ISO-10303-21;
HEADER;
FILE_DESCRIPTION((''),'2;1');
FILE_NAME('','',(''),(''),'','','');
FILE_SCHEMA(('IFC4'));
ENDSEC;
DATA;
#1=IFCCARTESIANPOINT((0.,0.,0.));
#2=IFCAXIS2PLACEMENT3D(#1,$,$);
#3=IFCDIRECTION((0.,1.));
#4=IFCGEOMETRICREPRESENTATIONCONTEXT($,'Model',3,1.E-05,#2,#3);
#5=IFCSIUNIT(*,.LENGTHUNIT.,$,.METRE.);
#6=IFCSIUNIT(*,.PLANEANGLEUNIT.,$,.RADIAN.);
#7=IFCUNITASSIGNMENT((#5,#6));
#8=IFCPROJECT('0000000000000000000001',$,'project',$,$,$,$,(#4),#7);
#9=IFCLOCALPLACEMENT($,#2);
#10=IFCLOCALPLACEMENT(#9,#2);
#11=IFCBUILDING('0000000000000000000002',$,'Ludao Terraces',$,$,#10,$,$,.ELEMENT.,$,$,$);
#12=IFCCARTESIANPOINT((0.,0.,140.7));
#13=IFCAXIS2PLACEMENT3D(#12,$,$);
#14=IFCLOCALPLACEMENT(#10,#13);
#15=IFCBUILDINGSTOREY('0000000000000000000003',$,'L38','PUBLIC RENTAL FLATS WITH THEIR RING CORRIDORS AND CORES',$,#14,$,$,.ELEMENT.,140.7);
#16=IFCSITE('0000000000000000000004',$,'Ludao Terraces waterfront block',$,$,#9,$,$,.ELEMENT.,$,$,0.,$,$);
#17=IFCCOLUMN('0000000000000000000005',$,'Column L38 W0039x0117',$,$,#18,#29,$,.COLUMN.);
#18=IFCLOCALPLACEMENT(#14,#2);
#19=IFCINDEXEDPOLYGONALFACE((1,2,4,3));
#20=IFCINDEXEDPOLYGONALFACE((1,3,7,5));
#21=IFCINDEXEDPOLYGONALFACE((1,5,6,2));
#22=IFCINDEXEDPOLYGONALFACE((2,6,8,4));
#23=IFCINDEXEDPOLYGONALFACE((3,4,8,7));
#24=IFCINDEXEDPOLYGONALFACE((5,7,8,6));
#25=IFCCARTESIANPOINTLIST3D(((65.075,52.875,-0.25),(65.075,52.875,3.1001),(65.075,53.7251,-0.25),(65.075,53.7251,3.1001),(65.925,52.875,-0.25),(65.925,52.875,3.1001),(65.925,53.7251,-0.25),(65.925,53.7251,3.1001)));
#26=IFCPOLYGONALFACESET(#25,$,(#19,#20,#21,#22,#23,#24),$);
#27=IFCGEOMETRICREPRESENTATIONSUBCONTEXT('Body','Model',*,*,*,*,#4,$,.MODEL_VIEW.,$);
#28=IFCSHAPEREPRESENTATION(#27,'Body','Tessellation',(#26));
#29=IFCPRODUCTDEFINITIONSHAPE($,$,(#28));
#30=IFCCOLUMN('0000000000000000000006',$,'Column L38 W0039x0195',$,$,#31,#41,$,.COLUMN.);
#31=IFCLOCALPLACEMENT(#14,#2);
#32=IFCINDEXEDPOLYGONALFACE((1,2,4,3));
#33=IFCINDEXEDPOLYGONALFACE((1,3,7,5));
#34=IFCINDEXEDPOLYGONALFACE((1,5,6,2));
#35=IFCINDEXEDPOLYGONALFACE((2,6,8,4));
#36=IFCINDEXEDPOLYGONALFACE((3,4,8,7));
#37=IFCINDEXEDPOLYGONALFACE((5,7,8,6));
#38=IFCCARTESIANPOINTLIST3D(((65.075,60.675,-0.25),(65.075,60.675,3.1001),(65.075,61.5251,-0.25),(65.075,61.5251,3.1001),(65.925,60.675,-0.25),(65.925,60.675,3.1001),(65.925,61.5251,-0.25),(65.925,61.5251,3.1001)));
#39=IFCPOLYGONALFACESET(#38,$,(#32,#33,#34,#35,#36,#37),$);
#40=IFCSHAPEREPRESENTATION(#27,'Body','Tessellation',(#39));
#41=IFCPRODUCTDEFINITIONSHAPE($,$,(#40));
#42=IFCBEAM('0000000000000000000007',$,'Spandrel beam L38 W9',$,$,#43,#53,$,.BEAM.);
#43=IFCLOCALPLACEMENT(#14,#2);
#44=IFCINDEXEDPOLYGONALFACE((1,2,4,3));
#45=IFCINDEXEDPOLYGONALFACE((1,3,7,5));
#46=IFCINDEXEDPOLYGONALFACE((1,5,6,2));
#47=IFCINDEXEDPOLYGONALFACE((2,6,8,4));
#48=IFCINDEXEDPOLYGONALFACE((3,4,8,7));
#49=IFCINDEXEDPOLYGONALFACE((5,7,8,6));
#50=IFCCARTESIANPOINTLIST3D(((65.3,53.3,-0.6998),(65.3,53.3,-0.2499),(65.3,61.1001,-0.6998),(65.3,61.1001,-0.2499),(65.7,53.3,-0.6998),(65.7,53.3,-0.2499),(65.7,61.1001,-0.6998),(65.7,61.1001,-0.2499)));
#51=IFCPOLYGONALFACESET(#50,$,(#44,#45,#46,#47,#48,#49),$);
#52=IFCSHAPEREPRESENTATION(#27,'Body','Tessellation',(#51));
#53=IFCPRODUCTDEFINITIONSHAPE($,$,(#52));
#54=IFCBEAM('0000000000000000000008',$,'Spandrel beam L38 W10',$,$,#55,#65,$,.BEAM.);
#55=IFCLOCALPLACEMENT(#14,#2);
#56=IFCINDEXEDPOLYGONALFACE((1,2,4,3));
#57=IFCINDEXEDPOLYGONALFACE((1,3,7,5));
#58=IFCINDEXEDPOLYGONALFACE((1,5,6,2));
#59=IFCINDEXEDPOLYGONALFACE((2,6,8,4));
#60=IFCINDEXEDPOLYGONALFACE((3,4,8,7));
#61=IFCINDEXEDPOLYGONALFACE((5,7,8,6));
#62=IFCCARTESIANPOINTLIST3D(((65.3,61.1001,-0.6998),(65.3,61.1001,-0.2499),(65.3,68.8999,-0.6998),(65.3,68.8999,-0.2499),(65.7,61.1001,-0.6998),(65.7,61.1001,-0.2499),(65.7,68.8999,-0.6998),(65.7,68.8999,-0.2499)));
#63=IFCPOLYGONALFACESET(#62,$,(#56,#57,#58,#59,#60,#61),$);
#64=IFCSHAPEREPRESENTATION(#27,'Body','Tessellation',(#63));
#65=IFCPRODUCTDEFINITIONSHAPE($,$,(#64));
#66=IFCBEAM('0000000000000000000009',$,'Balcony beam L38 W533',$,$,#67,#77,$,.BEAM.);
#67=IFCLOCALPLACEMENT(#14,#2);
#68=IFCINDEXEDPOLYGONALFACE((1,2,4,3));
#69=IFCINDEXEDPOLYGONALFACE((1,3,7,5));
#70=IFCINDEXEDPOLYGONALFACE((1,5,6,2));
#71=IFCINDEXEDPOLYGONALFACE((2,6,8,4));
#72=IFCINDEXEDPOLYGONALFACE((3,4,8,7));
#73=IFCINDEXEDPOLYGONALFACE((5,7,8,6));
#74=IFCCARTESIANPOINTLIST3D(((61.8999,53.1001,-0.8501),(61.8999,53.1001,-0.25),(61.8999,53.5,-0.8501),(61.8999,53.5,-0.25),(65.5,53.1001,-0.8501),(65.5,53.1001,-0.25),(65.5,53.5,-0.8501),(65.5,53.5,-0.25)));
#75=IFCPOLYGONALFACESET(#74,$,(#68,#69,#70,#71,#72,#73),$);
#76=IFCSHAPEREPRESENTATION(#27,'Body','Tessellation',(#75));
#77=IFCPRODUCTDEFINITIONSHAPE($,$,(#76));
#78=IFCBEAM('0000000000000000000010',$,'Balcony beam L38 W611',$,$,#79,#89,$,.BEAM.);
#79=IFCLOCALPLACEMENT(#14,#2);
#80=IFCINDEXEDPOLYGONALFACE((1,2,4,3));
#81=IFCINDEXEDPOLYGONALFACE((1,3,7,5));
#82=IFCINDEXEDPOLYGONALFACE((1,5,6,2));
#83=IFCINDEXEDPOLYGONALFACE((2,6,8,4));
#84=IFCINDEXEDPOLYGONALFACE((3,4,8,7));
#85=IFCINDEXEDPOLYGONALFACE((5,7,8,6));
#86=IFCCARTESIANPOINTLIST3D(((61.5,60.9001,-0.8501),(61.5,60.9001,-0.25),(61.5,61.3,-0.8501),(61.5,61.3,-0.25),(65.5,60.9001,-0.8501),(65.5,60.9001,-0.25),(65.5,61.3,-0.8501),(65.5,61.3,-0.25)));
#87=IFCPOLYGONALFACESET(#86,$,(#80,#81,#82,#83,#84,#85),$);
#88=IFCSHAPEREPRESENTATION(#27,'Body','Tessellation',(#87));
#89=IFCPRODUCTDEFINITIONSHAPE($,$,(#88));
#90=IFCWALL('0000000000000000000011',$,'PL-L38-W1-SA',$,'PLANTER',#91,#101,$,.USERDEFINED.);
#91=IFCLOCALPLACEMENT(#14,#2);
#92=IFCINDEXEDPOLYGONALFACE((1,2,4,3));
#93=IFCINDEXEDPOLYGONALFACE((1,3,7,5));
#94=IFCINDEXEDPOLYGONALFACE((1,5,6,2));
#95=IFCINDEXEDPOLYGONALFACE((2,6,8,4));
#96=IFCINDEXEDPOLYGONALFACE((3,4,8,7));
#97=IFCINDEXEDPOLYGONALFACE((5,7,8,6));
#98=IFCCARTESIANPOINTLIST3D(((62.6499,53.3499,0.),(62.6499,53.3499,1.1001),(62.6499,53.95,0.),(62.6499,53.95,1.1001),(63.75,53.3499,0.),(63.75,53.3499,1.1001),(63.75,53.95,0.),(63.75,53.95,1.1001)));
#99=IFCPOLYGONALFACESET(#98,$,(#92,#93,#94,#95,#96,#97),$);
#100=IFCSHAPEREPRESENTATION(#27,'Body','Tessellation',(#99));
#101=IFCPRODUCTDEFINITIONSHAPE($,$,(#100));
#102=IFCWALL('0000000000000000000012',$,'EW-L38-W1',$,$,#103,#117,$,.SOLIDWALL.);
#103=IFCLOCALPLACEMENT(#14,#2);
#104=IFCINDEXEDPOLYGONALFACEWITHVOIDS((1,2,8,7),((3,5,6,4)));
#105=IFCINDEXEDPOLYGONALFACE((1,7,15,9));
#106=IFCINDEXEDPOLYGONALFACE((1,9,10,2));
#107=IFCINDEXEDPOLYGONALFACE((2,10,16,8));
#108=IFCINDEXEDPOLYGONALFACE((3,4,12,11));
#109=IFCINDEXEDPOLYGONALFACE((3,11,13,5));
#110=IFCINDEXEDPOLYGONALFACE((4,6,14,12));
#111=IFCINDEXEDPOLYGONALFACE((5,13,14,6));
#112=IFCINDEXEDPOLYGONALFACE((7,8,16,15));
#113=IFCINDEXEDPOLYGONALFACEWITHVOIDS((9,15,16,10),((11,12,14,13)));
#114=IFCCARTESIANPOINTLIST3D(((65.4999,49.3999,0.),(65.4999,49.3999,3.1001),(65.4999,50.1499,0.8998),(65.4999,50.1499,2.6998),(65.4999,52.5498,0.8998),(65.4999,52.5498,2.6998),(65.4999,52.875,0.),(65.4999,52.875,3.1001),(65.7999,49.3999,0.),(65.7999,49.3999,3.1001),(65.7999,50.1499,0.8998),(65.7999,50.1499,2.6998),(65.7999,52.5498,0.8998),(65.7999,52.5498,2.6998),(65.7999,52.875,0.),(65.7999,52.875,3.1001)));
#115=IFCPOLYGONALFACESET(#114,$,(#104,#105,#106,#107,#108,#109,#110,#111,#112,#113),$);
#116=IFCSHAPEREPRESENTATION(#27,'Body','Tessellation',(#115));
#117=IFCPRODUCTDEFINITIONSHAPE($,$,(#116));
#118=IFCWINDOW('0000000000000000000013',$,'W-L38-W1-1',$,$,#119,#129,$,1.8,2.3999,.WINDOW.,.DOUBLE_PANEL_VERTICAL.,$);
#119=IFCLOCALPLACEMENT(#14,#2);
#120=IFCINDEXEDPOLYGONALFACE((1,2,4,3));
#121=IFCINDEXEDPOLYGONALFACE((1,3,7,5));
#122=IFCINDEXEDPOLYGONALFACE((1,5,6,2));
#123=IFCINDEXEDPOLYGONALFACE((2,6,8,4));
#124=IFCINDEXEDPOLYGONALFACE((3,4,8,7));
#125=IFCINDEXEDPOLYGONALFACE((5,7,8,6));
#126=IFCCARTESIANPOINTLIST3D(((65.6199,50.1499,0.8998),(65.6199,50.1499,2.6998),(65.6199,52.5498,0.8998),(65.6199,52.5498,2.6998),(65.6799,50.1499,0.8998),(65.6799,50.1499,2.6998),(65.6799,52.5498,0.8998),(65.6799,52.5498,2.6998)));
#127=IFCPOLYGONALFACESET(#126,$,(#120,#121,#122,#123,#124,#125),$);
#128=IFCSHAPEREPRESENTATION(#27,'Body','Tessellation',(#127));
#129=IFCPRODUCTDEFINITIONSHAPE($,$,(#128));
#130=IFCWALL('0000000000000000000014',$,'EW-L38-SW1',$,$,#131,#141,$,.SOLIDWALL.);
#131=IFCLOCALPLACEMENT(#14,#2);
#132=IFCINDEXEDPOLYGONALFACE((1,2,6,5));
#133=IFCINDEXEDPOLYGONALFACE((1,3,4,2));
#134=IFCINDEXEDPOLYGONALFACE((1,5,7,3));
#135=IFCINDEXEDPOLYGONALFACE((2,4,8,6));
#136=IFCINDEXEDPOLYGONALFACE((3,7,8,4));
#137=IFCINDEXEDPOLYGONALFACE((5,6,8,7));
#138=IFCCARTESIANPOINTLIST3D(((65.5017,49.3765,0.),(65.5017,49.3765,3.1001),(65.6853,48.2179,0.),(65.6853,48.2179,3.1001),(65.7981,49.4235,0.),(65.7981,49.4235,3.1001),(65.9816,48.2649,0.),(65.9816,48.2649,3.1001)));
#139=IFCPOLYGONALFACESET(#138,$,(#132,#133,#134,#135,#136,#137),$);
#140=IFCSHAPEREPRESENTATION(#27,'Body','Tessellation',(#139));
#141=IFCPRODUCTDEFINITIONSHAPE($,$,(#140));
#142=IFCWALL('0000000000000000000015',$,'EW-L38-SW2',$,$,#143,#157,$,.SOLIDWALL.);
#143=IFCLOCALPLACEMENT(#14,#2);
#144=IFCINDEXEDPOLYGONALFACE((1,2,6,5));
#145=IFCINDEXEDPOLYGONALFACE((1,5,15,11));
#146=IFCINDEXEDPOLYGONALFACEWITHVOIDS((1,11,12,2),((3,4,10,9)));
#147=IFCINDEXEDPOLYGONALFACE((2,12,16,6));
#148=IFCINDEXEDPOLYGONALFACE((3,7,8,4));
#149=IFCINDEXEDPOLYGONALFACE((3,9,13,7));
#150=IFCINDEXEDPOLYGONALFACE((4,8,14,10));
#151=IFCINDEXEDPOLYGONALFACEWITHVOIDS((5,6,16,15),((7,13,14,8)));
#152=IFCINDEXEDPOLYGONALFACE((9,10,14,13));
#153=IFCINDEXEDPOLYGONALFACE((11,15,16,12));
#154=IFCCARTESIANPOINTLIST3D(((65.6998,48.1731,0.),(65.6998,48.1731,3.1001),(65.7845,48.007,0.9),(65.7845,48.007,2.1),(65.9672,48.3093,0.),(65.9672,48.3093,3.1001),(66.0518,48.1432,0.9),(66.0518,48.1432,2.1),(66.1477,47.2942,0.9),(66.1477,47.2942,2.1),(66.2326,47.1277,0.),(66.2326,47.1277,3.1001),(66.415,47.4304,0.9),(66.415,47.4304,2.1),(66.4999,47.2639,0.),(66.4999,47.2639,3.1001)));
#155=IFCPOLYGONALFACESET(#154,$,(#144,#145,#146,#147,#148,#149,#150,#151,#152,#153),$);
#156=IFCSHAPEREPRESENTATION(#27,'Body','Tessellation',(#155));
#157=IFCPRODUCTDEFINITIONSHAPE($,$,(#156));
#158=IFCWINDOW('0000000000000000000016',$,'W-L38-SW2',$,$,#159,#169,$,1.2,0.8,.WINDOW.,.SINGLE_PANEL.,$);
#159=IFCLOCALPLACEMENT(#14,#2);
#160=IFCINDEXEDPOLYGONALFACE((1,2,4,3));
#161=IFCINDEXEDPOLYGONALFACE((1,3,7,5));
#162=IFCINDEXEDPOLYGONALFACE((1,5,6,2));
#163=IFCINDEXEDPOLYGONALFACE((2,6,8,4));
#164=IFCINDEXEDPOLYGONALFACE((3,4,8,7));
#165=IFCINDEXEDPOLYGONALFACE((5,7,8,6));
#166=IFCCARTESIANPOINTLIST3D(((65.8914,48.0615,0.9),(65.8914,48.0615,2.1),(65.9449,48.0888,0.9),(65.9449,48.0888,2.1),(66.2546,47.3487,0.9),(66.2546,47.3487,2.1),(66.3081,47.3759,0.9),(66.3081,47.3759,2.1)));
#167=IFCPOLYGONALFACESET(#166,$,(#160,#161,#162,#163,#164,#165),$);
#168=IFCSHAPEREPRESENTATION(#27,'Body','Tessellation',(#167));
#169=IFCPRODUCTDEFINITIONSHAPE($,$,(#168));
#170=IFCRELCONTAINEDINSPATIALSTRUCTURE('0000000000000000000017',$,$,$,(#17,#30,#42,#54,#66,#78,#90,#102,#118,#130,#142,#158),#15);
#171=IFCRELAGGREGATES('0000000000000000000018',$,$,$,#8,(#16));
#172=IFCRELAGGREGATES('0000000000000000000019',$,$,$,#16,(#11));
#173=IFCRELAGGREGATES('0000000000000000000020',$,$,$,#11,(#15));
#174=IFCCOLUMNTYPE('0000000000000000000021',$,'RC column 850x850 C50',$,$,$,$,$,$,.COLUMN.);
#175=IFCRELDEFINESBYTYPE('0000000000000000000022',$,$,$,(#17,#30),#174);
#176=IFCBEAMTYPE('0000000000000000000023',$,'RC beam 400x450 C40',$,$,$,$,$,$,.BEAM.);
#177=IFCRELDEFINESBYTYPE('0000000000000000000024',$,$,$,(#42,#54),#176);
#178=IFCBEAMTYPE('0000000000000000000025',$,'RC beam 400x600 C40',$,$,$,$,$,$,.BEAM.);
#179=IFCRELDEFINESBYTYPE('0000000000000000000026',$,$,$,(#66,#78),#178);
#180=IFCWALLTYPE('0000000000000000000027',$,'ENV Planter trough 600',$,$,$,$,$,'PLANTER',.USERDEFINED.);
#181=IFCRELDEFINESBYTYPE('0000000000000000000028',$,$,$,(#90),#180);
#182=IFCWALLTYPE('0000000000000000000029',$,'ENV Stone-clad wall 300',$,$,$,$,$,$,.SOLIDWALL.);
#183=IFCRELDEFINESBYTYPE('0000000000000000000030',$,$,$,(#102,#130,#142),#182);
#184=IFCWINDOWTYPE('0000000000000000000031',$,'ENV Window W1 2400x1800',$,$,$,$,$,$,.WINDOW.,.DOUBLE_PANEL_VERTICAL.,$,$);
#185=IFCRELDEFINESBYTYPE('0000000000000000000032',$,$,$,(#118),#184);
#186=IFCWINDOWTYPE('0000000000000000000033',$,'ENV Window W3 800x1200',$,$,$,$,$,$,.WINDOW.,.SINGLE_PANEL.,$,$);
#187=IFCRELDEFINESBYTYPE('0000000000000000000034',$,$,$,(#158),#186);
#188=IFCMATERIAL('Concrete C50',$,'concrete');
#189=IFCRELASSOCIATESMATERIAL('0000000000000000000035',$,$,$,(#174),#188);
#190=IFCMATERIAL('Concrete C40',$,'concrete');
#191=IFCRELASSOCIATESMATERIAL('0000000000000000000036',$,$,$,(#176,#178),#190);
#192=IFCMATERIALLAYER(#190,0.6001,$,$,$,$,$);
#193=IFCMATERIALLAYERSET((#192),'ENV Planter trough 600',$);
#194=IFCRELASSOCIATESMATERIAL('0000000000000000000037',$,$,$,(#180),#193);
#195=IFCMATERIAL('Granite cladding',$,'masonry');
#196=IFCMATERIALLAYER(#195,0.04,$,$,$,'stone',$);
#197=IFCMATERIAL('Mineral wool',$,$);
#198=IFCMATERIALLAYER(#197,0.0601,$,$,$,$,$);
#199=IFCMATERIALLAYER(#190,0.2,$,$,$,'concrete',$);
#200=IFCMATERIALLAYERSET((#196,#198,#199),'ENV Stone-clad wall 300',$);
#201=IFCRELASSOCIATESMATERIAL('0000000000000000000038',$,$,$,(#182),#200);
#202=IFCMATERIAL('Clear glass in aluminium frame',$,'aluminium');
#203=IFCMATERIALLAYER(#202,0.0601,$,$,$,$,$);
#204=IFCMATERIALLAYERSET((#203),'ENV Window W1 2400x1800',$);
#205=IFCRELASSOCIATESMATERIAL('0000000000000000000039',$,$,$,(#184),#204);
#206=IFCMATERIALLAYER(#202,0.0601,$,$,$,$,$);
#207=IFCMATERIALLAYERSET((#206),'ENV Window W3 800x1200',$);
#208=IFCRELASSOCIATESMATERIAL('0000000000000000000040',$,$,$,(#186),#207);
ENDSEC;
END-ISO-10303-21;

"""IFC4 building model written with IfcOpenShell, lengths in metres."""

from ifc_helpers import new_model, si_unit, direction, frame, frame_2d, origin, origin_2d, place, context, subcontext, project, spatial, rectangle, extrude, material, layer, layer_set, material_profile, profile_set, type_object, element, fill, save


model = new_model("IFC4")

# Units and contexts
model_context = context("Model", 3, precision=1e-05, world=origin(), true_north=direction((0.0, 1.0)))
body_context = subcontext(model_context, "Body", "Model", "MODEL_VIEW")
ifc_project = project(units=[si_unit("LENGTHUNIT", "METRE"), si_unit("PLANEANGLEUNIT", "RADIAN")], contexts=[model_context])

# Site, building, storey
site_placement = place(None, origin())
site = spatial("IfcSite", under=ifc_project, at=site_placement, Name="Ludao Terraces waterfront block", CompositionType="ELEMENT", RefElevation=0.0)
building_placement = place(site_placement, origin())
building = spatial("IfcBuilding", under=site, at=building_placement, Name="Ludao Terraces", CompositionType="ELEMENT")
storey_placement = place(building_placement, frame((0.0, 0.0, 140.7)))
storey = spatial("IfcBuildingStorey", under=building, at=storey_placement, Name="L38", Description="PUBLIC RENTAL FLATS WITH THEIR RING CORRIDORS AND CORES", CompositionType="ELEMENT", Elevation=140.7)

# Columns
ifc_material_1 = material(Name="Concrete C50", Category="concrete")
ifc_material_profile_1 = material_profile(ifc_material_1, rectangle(XDim=0.8501, YDim=0.8501, at=origin_2d()), Name="850 X 850")
ifc_profile_set_1 = profile_set([ifc_material_profile_1], Name="Concrete C50")
column_type = type_object("IfcColumnType", Name="RC column 850x850 C50", PredefinedType="COLUMN", material=ifc_profile_set_1)
for number, where, z_axis, x_axis, name in (
    (1, (65.5, 53.3, -0.25), (0.0, 0.0, 1.0), (1.0, 0.0, 0.0), "Column L38 W0039x0117"),
    (2, (65.5, 61.1001, -0.25), (0.0, 0.0, 1.0), (1.0, 0.0, 0.0), "Column L38 W0039x0195"),
):
    element("IfcColumn", number, at=place(storey_placement, frame(where, z_axis=z_axis, x_axis=x_axis)), inside=storey, type_object=column_type, Name=name, PredefinedType="COLUMN", context=body_context, shape_type="SweptSolid", body=[
        extrude(rectangle(XDim=0.8501, YDim=0.8501, at=origin_2d()), origin(), (0.0, 0.0, 1.0), 3.3501),
    ])

# Beams
ifc_material_2 = material(Name="Concrete C40", Category="concrete")
ifc_material_profile_2 = material_profile(ifc_material_2, rectangle(XDim=0.3999, YDim=0.45, at=origin_2d()), Name="400 X 450")
ifc_profile_set_2 = profile_set([ifc_material_profile_2], Name="Concrete C40")
beam_type_1 = type_object("IfcBeamType", Name="RC beam 400x450 C40", PredefinedType="BEAM", material=ifc_profile_set_2)
beam_1_placement = place(storey_placement, frame((65.5, 53.3, -0.4749), z_axis=(0.0, 1.0, 0.0), x_axis=(-1.0, 0.0, 0.0)))
element("IfcBeam", 3, at=beam_1_placement, inside=storey, type_object=beam_type_1, Name="Spandrel beam L38 W9", PredefinedType="BEAM", context=body_context, shape_type="SweptSolid", body=[
    extrude(rectangle(XDim=0.3999, YDim=0.45, at=origin_2d()), origin(), (0.0, 0.0, 1.0), 7.8),
])
beam_2_placement = place(storey_placement, frame((65.5, 61.1001, -0.4749), z_axis=(0.0, 1.0, 0.0), x_axis=(-1.0, 0.0, 0.0)))
element("IfcBeam", 4, at=beam_2_placement, inside=storey, type_object=beam_type_1, Name="Spandrel beam L38 W10", PredefinedType="BEAM", context=body_context, shape_type="SweptSolid", body=[
    extrude(rectangle(XDim=0.3999, YDim=0.45, at=origin_2d()), origin(), (0.0, 0.0, 1.0), 7.7998),
])
ifc_material_profile_3 = material_profile(ifc_material_2, rectangle(XDim=0.3999, YDim=0.6001, at=origin_2d()), Name="400 X 600")
ifc_profile_set_3 = profile_set([ifc_material_profile_3], Name="Concrete C40")
beam_type_2 = type_object("IfcBeamType", Name="RC beam 400x600 C40", PredefinedType="BEAM", material=ifc_profile_set_3)
beam_3_placement = place(storey_placement, frame((65.5, 53.3, -0.55), z_axis=(-1.0, 0.0, 0.0), x_axis=(0.0, -1.0, 0.0)))
element("IfcBeam", 5, at=beam_3_placement, inside=storey, type_object=beam_type_2, Name="Balcony beam L38 W533", PredefinedType="BEAM", context=body_context, shape_type="SweptSolid", body=[
    extrude(rectangle(XDim=0.3999, YDim=0.6001, at=origin_2d()), origin(), (0.0, 0.0, 1.0), 3.6001),
])
beam_4_placement = place(storey_placement, frame((65.5, 61.1001, -0.55), z_axis=(-1.0, 0.0, 0.0), x_axis=(0.0, -1.0, 0.0)))
element("IfcBeam", 6, at=beam_4_placement, inside=storey, type_object=beam_type_2, Name="Balcony beam L38 W611", PredefinedType="BEAM", context=body_context, shape_type="SweptSolid", body=[
    extrude(rectangle(XDim=0.3999, YDim=0.6001, at=origin_2d()), origin(), (0.0, 0.0, 1.0), 4.0),
])

# Wall
ifc_layer_1 = layer(ifc_material_2, 0.6001)
ifc_layer_set_1 = layer_set([ifc_layer_1], Name="ENV Planter trough 600")
wall_type_1 = type_object("IfcWallType", Name="ENV Planter trough 600", ElementType="PLANTER", PredefinedType="USERDEFINED", material=ifc_layer_set_1)
wall_1_placement = place(storey_placement, frame((62.6499, 53.6499, 0.0), z_axis=(0.0, 0.0, 1.0), x_axis=(1.0, 0.0, 0.0)))
element("IfcWall", 7, at=wall_1_placement, inside=storey, type_object=wall_type_1, Name="PL-L38-W1-SA", ObjectType="PLANTER", PredefinedType="USERDEFINED", context=body_context, shape_type="SweptSolid", body=[
    extrude(rectangle(XDim=1.1001, YDim=0.6001, at=frame_2d((0.55, 0.0))), origin(), (0.0, 0.0, 1.0), 1.1001),
])

# Wall, opening, window
ifc_material_3 = material(Name="Granite cladding", Category="masonry")
ifc_layer_2 = layer(ifc_material_3, 0.04, Category="stone")
ifc_material_4 = material(Name="Mineral wool")
ifc_layer_3 = layer(ifc_material_4, 0.0601)
ifc_layer_4 = layer(ifc_material_2, 0.2, Category="concrete")
ifc_layer_set_2 = layer_set([ifc_layer_2, ifc_layer_3, ifc_layer_4], Name="ENV Stone-clad wall 300")
wall_type_2 = type_object("IfcWallType", Name="ENV Stone-clad wall 300", PredefinedType="SOLIDWALL", material=ifc_layer_set_2)
wall_2_placement = place(storey_placement, frame((65.6499, 49.3999, 0.0), z_axis=(0.0, 0.0, 1.0), x_axis=(0.0, 1.0, 0.0)))
wall_2 = element("IfcWall", 8, at=wall_2_placement, inside=storey, type_object=wall_type_2, Name="EW-L38-W1", PredefinedType="SOLIDWALL", context=body_context, shape_type="SweptSolid", body=[
    extrude(rectangle(XDim=3.4751, YDim=0.3, at=frame_2d((1.7375, 0.0))), origin(), (0.0, 0.0, 1.0), 3.1001),
])
opening_1_placement = place(wall_2_placement, frame((0.75, 0.0, 0.8999)))
opening_1 = element("IfcOpeningElement", 9, at=opening_1_placement, cuts=wall_2, PredefinedType="OPENING", context=body_context, shape_type="SweptSolid", body=[
    extrude(rectangle(XDim=2.3999, YDim=1.8, at=frame_2d((1.2, 0.8999))), frame((0.0, 0.1602, 0.0), z_axis=(0.0, -1.0, 0.0), x_axis=(1.0, 0.0, 0.0)), (0.0, 0.0, 1.0), 0.3201),
])
ifc_material_5 = material(Name="Clear glass in aluminium frame", Category="aluminium")
ifc_layer_5 = layer(ifc_material_5, 0.0601)
ifc_layer_set_3 = layer_set([ifc_layer_5], Name="ENV Window W1 2400x1800")
window_type_1 = type_object("IfcWindowType", Name="ENV Window W1 2400x1800", PartitioningType="DOUBLE_PANEL_VERTICAL", PredefinedType="WINDOW", material=ifc_layer_set_3)
window_1_placement = place(opening_1_placement, origin())
window_1 = element("IfcWindow", 10, at=window_1_placement, inside=storey, type_object=window_type_1, Name="W-L38-W1-1", OverallHeight=1.8, OverallWidth=2.3999, PartitioningType="DOUBLE_PANEL_VERTICAL", PredefinedType="WINDOW", context=body_context, shape_type="SweptSolid", body=[
    extrude(rectangle(XDim=2.3999, YDim=1.8, at=frame_2d((1.2, 0.8999))), frame((0.0, 0.03, 0.0), z_axis=(0.0, -1.0, 0.0), x_axis=(1.0, 0.0, 0.0)), (0.0, 0.0, 1.0), 0.0601),
])
fill(opening_1, window_1)

# Wall
wall_3_placement = place(storey_placement, frame((65.6499, 49.3999, 0.0), z_axis=(0.0, 0.0, 1.0), x_axis=(0.156497, -0.987678, 0.0)))
element("IfcWall", 11, at=wall_3_placement, inside=storey, type_object=wall_type_2, Name="EW-L38-SW1", PredefinedType="SOLIDWALL", context=body_context, shape_type="SweptSolid", body=[
    extrude(rectangle(XDim=1.1731, YDim=0.3, at=frame_2d((0.5864, 0.0))), origin(), (0.0, 0.0, 1.0), 3.1001),
])

# Wall, opening, window
wall_4_placement = place(storey_placement, frame((65.8335, 48.2412, 0.0), z_axis=(0.0, 0.0, 1.0), x_axis=(0.454026, -0.890989, 0.0)))
wall_4 = element("IfcWall", 12, at=wall_4_placement, inside=storey, type_object=wall_type_2, Name="EW-L38-SW2", PredefinedType="SOLIDWALL", context=body_context, shape_type="SweptSolid", body=[
    extrude(rectangle(XDim=1.1733, YDim=0.3, at=frame_2d((0.5867, 0.0))), origin(), (0.0, 0.0, 1.0), 3.1001),
])
opening_2_placement = place(wall_4_placement, frame((0.1865, 0.0, 0.8999)))
opening_2 = element("IfcOpeningElement", 13, at=opening_2_placement, cuts=wall_4, PredefinedType="OPENING", context=body_context, shape_type="SweptSolid", body=[
    extrude(rectangle(XDim=0.8, YDim=1.2, at=frame_2d((0.3999, 0.6001))), frame((0.0, 0.1602, 0.0), z_axis=(0.0, -1.0, 0.0), x_axis=(1.0, 0.0, 0.0)), (0.0, 0.0, 1.0), 0.3201),
])
ifc_layer_6 = layer(ifc_material_5, 0.0601)
ifc_layer_set_4 = layer_set([ifc_layer_6], Name="ENV Window W3 800x1200")
window_type_2 = type_object("IfcWindowType", Name="ENV Window W3 800x1200", PartitioningType="SINGLE_PANEL", PredefinedType="WINDOW", material=ifc_layer_set_4)
window_2_placement = place(opening_2_placement, origin())
window_2 = element("IfcWindow", 14, at=window_2_placement, inside=storey, type_object=window_type_2, Name="W-L38-SW2", OverallHeight=1.2, OverallWidth=0.8, PartitioningType="SINGLE_PANEL", PredefinedType="WINDOW", context=body_context, shape_type="SweptSolid", body=[
    extrude(rectangle(XDim=0.8, YDim=1.2, at=frame_2d((0.3999, 0.6001))), frame((0.0, 0.03, 0.0), z_axis=(0.0, -1.0, 0.0), x_axis=(1.0, 0.0, 0.0)), (0.0, 0.0, 1.0), 0.0601),
])
fill(opening_2, window_2)

save(model, "model.ifc")
